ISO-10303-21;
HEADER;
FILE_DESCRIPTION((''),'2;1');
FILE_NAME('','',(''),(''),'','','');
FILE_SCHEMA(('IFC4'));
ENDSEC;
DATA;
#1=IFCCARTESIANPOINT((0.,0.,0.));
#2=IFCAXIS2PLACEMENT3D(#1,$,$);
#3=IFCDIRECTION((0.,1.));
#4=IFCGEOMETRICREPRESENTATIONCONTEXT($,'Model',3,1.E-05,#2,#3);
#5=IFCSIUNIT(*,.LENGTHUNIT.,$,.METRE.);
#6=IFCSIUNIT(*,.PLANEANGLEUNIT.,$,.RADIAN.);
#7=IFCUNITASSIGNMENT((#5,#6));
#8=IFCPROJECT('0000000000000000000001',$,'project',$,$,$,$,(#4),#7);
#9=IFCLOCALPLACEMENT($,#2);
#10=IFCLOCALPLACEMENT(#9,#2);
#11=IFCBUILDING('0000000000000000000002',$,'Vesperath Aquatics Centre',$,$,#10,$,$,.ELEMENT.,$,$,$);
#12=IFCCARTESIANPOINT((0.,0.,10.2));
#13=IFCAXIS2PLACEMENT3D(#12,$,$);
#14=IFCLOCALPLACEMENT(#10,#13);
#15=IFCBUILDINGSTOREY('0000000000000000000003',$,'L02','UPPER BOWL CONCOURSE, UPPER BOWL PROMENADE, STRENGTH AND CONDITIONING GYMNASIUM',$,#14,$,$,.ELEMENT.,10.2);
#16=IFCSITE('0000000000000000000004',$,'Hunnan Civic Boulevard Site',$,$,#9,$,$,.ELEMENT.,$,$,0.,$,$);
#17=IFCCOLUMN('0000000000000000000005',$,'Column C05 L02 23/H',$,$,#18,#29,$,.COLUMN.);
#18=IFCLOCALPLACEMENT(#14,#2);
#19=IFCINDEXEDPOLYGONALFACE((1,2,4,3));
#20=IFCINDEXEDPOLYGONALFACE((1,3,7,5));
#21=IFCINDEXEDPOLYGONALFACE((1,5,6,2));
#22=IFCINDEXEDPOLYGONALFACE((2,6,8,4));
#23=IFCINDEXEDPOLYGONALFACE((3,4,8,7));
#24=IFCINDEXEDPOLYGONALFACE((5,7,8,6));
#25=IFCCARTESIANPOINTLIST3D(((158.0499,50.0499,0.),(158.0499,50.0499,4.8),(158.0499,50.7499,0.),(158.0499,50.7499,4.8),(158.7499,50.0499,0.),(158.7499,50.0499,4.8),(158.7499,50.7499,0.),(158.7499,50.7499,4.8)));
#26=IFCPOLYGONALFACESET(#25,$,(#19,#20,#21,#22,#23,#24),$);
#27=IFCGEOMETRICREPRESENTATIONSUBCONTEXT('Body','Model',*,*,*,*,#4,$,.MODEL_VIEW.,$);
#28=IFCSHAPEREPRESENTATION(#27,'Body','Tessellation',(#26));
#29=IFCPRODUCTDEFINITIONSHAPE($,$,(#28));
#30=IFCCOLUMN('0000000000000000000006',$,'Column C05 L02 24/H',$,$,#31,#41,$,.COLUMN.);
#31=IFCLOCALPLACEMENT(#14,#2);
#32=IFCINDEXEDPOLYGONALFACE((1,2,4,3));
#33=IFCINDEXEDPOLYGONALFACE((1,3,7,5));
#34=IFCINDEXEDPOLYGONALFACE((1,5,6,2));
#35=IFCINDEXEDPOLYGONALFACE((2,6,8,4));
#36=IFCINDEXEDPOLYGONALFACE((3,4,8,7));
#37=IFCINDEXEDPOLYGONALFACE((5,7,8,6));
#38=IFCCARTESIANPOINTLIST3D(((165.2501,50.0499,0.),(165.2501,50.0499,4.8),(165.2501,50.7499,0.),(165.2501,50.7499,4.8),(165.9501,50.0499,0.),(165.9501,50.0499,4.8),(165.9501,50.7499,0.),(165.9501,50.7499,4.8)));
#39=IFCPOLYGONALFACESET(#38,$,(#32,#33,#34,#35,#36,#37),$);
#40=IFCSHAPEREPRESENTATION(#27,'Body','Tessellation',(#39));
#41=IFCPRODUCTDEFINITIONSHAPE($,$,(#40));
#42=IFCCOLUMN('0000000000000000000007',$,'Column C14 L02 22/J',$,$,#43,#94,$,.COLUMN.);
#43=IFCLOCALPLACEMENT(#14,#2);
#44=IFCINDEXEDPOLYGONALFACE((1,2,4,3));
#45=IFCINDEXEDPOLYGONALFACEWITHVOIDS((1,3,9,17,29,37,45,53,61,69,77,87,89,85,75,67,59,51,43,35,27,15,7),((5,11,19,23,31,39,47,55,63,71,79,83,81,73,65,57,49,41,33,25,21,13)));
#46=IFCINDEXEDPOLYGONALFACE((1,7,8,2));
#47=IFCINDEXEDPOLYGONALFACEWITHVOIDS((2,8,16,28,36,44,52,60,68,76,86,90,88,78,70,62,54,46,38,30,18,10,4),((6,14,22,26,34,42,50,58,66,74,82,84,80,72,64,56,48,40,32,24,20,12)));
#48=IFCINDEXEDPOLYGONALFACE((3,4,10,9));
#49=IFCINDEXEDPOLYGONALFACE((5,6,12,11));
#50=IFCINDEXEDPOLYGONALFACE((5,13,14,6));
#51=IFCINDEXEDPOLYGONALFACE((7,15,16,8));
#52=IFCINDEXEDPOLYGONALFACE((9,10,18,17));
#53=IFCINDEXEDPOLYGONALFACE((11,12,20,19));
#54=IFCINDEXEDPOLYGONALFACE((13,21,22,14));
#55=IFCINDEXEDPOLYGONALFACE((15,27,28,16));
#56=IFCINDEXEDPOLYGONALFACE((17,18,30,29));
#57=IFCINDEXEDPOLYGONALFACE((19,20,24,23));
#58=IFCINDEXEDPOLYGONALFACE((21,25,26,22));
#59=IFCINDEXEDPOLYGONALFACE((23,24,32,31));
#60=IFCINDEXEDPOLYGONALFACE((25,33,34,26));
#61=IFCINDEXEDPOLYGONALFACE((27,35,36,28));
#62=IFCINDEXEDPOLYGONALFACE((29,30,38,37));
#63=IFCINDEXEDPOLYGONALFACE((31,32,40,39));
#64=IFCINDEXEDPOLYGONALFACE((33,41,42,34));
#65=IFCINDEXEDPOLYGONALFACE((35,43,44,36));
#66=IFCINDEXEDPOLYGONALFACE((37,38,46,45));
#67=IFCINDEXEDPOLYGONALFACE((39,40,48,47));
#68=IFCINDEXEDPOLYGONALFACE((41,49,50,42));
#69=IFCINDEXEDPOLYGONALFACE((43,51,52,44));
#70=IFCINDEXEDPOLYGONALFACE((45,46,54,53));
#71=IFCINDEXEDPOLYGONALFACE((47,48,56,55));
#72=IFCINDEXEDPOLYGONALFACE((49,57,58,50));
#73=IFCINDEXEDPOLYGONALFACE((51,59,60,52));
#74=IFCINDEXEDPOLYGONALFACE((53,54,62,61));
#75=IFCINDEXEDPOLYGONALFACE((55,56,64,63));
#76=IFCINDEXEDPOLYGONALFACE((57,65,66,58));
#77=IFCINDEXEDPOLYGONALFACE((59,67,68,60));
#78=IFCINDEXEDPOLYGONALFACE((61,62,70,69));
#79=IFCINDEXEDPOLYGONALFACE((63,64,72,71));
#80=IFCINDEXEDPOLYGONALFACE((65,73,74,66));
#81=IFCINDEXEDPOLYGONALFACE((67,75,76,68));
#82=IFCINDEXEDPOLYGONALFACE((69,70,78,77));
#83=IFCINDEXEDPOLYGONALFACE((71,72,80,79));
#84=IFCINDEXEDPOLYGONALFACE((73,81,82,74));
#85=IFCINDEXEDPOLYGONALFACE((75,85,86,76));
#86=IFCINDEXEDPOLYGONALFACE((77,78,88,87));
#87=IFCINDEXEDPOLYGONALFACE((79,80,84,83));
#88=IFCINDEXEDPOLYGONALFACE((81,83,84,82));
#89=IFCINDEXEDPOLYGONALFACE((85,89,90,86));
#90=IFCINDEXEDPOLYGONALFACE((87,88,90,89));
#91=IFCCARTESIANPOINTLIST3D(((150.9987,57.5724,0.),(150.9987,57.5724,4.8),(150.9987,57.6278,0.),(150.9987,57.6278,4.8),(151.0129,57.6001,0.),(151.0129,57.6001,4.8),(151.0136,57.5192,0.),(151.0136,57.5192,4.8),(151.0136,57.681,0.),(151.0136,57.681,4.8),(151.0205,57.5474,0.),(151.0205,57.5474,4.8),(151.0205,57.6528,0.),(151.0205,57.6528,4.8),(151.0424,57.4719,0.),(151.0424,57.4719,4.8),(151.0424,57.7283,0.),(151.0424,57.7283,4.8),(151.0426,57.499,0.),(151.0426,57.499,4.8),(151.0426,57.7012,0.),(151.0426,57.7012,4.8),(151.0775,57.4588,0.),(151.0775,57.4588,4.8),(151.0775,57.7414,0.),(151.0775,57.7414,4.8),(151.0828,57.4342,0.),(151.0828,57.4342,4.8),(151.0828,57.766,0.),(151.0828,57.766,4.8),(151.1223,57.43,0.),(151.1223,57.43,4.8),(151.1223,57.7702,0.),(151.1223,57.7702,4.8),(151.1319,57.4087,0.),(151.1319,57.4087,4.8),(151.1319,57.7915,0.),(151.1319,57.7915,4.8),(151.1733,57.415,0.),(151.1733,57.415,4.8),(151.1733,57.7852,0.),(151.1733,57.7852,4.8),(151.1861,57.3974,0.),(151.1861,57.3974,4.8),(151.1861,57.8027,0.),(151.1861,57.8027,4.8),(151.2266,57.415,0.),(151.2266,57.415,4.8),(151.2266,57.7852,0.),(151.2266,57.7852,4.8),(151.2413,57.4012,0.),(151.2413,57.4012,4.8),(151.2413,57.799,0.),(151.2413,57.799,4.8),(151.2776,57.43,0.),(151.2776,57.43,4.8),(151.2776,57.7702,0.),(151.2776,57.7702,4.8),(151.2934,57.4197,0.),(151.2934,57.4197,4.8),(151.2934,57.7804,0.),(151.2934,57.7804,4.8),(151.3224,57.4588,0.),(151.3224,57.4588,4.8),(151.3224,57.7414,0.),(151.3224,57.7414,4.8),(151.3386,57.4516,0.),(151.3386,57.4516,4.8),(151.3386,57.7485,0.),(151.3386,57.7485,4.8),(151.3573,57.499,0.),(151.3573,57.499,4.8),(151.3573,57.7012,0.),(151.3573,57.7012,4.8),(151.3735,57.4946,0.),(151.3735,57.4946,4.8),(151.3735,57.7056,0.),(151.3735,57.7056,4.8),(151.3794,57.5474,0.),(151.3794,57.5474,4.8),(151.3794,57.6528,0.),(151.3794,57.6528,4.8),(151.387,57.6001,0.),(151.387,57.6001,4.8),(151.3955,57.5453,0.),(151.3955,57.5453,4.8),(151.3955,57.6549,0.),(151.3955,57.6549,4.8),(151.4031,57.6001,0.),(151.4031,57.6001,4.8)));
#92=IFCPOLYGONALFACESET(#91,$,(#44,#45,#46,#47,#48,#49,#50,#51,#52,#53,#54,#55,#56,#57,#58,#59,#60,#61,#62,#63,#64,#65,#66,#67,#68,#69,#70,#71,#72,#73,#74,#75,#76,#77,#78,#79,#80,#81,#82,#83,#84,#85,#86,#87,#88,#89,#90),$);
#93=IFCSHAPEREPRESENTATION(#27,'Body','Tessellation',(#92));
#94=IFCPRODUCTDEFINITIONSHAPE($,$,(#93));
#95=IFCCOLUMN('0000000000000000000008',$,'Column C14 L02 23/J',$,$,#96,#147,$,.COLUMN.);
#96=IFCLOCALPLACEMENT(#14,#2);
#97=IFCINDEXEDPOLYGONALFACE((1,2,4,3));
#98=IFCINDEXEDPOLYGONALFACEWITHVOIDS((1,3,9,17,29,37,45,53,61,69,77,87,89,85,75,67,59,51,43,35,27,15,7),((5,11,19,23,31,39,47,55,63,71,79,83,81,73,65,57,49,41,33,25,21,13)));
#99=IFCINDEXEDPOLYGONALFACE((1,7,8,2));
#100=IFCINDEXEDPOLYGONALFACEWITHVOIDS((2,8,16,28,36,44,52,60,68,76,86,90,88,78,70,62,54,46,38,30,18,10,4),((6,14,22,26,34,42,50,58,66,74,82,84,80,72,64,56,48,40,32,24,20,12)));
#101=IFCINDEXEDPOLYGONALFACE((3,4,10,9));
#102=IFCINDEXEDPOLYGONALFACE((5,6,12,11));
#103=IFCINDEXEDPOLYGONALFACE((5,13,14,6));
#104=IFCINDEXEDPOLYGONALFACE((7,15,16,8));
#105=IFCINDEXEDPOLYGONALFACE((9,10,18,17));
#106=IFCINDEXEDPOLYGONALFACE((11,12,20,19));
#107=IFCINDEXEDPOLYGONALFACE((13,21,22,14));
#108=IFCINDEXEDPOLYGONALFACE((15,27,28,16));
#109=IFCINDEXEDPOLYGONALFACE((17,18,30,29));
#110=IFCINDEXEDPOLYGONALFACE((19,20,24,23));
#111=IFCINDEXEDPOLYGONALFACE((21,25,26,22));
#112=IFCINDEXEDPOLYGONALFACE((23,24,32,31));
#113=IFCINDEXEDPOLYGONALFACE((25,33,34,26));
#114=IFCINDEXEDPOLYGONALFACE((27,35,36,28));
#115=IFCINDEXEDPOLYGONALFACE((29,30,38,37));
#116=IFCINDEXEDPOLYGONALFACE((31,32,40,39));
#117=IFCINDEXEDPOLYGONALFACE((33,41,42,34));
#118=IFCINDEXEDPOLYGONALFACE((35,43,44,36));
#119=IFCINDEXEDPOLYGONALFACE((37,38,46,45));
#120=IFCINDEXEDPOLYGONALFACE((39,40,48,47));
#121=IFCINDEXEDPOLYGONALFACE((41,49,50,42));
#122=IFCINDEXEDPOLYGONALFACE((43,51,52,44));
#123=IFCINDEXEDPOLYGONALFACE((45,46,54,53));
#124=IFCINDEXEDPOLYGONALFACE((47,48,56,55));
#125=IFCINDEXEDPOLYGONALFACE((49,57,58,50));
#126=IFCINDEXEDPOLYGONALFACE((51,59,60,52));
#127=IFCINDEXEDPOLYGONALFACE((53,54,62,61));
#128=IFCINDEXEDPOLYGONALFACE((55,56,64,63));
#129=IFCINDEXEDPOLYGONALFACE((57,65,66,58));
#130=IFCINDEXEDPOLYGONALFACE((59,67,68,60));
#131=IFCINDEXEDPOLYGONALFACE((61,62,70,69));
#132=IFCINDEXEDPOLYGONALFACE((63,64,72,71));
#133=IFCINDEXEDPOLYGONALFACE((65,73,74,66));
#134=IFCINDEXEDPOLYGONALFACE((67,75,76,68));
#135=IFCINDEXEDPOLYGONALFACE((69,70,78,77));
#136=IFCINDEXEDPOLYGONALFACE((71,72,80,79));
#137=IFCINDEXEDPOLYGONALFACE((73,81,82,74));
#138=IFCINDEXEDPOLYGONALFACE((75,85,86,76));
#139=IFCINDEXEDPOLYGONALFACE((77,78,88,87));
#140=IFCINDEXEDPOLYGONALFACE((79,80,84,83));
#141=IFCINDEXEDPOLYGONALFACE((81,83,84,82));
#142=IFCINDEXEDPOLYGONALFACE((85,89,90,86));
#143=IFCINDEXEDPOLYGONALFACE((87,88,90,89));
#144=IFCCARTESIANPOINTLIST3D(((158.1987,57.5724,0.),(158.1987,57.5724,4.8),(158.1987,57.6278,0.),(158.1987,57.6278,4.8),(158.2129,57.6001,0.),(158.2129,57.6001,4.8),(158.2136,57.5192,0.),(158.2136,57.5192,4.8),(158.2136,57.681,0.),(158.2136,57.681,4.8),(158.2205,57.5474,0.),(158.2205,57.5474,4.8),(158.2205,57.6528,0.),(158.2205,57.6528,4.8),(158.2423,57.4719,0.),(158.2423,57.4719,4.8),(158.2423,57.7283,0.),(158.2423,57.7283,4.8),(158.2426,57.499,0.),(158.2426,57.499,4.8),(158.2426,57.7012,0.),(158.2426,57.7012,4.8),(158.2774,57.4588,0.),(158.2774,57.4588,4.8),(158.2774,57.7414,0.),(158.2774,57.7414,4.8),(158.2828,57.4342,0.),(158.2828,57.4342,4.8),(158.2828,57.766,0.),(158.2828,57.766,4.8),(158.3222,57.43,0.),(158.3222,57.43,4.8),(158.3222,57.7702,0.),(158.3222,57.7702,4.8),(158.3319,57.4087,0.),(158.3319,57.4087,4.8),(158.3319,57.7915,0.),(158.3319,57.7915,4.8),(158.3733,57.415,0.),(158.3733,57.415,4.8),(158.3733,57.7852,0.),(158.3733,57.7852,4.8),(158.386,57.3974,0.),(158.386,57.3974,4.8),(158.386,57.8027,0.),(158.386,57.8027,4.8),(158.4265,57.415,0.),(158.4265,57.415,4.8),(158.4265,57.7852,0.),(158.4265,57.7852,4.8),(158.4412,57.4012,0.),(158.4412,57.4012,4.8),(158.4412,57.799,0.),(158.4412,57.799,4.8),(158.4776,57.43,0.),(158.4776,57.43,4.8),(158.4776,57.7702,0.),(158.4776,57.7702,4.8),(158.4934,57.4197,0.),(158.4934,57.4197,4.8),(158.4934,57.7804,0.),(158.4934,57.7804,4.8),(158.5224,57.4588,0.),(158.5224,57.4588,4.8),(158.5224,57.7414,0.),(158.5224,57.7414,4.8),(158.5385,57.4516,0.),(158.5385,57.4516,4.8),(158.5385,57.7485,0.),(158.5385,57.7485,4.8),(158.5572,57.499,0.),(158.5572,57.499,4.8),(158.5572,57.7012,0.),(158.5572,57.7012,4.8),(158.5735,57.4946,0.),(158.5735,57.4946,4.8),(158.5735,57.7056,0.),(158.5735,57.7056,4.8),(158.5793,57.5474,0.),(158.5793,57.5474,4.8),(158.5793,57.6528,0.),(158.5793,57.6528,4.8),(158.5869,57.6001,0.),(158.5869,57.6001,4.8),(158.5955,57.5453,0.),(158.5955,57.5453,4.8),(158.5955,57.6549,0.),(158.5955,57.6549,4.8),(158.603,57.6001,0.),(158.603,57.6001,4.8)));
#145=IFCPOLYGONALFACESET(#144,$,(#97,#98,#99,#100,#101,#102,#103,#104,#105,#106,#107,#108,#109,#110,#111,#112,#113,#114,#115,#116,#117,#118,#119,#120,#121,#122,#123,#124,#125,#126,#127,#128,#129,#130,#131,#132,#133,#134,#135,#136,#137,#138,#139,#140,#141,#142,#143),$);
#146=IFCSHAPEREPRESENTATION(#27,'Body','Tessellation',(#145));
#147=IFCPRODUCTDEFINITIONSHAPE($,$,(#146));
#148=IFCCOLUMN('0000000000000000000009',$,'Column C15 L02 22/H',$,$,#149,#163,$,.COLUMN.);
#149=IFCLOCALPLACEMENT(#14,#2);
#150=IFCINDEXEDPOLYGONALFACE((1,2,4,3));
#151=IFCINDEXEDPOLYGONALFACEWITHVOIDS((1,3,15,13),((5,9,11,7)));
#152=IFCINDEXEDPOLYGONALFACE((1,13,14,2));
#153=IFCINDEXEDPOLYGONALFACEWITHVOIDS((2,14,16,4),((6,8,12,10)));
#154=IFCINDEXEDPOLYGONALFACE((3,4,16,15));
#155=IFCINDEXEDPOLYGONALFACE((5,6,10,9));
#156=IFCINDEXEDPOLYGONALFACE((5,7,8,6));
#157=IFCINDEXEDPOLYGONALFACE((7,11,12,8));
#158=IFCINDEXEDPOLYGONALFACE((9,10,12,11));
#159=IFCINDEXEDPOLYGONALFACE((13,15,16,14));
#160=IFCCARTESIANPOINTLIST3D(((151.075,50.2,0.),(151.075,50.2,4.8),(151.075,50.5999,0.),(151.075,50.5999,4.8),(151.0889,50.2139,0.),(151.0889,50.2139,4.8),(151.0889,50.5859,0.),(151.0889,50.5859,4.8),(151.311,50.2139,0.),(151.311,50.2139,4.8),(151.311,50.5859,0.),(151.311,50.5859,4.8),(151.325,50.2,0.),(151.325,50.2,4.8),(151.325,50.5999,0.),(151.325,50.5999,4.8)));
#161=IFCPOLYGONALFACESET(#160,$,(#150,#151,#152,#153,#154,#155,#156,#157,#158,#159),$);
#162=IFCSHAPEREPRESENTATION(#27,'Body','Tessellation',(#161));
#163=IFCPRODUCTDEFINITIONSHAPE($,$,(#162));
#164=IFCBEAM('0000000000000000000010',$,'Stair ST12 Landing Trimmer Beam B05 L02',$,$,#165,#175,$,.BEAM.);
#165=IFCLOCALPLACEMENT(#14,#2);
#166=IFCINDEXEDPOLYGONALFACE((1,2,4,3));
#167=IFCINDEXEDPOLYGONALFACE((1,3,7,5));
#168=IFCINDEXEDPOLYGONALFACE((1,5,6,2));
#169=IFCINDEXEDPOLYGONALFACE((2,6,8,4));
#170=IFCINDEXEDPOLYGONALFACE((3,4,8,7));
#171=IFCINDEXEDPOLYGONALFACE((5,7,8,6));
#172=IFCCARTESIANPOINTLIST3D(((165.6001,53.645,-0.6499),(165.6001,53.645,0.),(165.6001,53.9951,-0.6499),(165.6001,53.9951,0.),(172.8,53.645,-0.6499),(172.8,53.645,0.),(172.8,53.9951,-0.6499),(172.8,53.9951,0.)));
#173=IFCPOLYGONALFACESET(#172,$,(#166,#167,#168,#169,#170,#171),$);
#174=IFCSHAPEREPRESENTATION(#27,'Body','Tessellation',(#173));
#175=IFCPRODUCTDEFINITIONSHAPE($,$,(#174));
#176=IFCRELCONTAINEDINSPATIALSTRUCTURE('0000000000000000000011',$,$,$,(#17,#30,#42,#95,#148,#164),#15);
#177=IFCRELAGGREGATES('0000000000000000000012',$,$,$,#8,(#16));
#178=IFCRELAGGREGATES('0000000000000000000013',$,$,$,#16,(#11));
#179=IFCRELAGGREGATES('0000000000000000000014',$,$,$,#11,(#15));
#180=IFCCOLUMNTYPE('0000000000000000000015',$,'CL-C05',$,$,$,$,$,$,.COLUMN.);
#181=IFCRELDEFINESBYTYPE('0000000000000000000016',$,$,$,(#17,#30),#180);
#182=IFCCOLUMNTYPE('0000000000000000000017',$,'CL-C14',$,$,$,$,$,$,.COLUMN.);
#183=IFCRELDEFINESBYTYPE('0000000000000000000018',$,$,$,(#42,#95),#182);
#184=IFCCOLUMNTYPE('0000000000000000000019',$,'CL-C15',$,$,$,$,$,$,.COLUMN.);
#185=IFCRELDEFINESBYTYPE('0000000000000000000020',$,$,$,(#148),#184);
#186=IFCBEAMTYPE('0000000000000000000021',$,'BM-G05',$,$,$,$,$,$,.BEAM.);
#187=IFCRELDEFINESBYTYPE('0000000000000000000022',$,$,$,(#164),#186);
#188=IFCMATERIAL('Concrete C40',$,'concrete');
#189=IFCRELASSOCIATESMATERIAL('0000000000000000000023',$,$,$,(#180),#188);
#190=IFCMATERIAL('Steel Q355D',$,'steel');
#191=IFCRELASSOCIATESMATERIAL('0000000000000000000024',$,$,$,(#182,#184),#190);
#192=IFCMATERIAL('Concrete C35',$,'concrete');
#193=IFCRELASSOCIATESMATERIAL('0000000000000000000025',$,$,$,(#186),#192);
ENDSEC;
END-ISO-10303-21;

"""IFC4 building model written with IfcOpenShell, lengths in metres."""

from ifc_helpers import new_model, si_unit, direction, frame, origin, origin_2d, place, context, subcontext, project, spatial, rectangle, hollow_rectangle, hollow_circle, extrude, material, material_profile, profile_set, type_object, element, save


model = new_model("IFC4")

# Units and contexts
model_context = context("Model", 3, precision=1e-05, world=origin(), true_north=direction((0.0, 1.0)))
body_context = subcontext(model_context, "Body", "Model", "MODEL_VIEW")
ifc_project = project(units=[si_unit("LENGTHUNIT", "METRE"), si_unit("PLANEANGLEUNIT", "RADIAN")], contexts=[model_context])

# Site, building, storey
site_placement = place(None, origin())
site = spatial("IfcSite", under=ifc_project, at=site_placement, Name="Hunnan Civic Boulevard Site", CompositionType="ELEMENT", RefElevation=0.0)
building_placement = place(site_placement, origin())
building = spatial("IfcBuilding", under=site, at=building_placement, Name="Vesperath Aquatics Centre", CompositionType="ELEMENT")
storey_placement = place(building_placement, frame((0.0, 0.0, 10.2)))
storey = spatial("IfcBuildingStorey", under=building, at=storey_placement, Name="L02", Description="UPPER BOWL CONCOURSE, UPPER BOWL PROMENADE, STRENGTH AND CONDITIONING GYMNASIUM", CompositionType="ELEMENT", Elevation=10.2)

# Columns
ifc_material_1 = material(Name="Concrete C40", Category="concrete")
ifc_material_profile_1 = material_profile(ifc_material_1, rectangle(XDim=0.7, YDim=0.7, at=origin_2d()), Name="RC 700x700")
ifc_profile_set_1 = profile_set([ifc_material_profile_1], Name="Concrete C40")
column_type_1 = type_object("IfcColumnType", Name="CL-C05", PredefinedType="COLUMN", material=ifc_profile_set_1)
for number, where, z_axis, x_axis, name in (
    (1, (158.3999, 50.3999, 0.0), (0.0, 0.0, 1.0), (1.0, 0.0, 0.0), "Column C05 L02 23/H"),
    (2, (165.6001, 50.3999, 0.0), (0.0, 0.0, 1.0), (1.0, 0.0, 0.0), "Column C05 L02 24/H"),
):
    element("IfcColumn", number, at=place(storey_placement, frame(where, z_axis=z_axis, x_axis=x_axis)), inside=storey, type_object=column_type_1, Name=name, PredefinedType="COLUMN", context=body_context, shape_type="SweptSolid", body=[
        extrude(rectangle(XDim=0.7, YDim=0.7, at=origin_2d()), origin(), (0.0, 0.0, 1.0), 4.8),
    ])
ifc_material_2 = material(Name="Steel Q355D", Category="steel")
ifc_material_profile_2 = material_profile(ifc_material_2, hollow_circle(Radius=0.2031, WallThickness=0.0161, at=origin_2d()), Name="CHS 406.4x16")
ifc_profile_set_2 = profile_set([ifc_material_profile_2], Name="Steel Q355D")
column_type_2 = type_object("IfcColumnType", Name="CL-C14", PredefinedType="COLUMN", material=ifc_profile_set_2)
for number, where, z_axis, x_axis, name in (
    (3, (151.2, 57.6001, 0.0), (0.0, 0.0, 1.0), (1.0, 0.0, 0.0), "Column C14 L02 22/J"),
    (4, (158.3999, 57.6001, 0.0), (0.0, 0.0, 1.0), (1.0, 0.0, 0.0), "Column C14 L02 23/J"),
):
    element("IfcColumn", number, at=place(storey_placement, frame(where, z_axis=z_axis, x_axis=x_axis)), inside=storey, type_object=column_type_2, Name=name, PredefinedType="COLUMN", context=body_context, shape_type="SweptSolid", body=[
        extrude(hollow_circle(Radius=0.2031, WallThickness=0.0161, at=origin_2d()), origin(), (0.0, 0.0, 1.0), 4.8),
    ])
ifc_material_profile_3 = material_profile(ifc_material_2, hollow_rectangle(XDim=0.25, YDim=0.3999, WallThickness=0.0139, at=origin_2d()), Name="RHS 400x250x14")
ifc_profile_set_3 = profile_set([ifc_material_profile_3], Name="Steel Q355D")
column_type_3 = type_object("IfcColumnType", Name="CL-C15", PredefinedType="COLUMN", material=ifc_profile_set_3)
column_placement = place(storey_placement, frame((151.2, 50.3999, 0.0), z_axis=(0.0, 0.0, 1.0), x_axis=(1.0, 0.0, 0.0)))
element("IfcColumn", 5, at=column_placement, inside=storey, type_object=column_type_3, Name="Column C15 L02 22/H", PredefinedType="COLUMN", context=body_context, shape_type="SweptSolid", body=[
    extrude(hollow_rectangle(XDim=0.25, YDim=0.3999, WallThickness=0.0139, at=origin_2d()), origin(), (0.0, 0.0, 1.0), 4.8),
])

# Beam
ifc_material_3 = material(Name="Concrete C35", Category="concrete")
ifc_material_profile_4 = material_profile(ifc_material_3, rectangle(XDim=0.3501, YDim=0.6499, at=origin_2d()), Name="RC 350x650")
ifc_profile_set_4 = profile_set([ifc_material_profile_4], Name="Concrete C35")
beam_type_1 = type_object("IfcBeamType", Name="BM-G05", PredefinedType="BEAM", material=ifc_profile_set_4)
beam_1_placement = place(storey_placement, frame((165.6001, 53.8201, -0.325), z_axis=(1.0, 0.0, 0.0), x_axis=(0.0, 1.0, 0.0)))
element("IfcBeam", 6, at=beam_1_placement, inside=storey, type_object=beam_type_1, Name="Stair ST12 Landing Trimmer Beam B05 L02", PredefinedType="BEAM", context=body_context, shape_type="SweptSolid", body=[
    extrude(rectangle(XDim=0.3501, YDim=0.6499, at=origin_2d()), origin(), (0.0, 0.0, 1.0), 7.2),
])

save(model, "model.ifc")
